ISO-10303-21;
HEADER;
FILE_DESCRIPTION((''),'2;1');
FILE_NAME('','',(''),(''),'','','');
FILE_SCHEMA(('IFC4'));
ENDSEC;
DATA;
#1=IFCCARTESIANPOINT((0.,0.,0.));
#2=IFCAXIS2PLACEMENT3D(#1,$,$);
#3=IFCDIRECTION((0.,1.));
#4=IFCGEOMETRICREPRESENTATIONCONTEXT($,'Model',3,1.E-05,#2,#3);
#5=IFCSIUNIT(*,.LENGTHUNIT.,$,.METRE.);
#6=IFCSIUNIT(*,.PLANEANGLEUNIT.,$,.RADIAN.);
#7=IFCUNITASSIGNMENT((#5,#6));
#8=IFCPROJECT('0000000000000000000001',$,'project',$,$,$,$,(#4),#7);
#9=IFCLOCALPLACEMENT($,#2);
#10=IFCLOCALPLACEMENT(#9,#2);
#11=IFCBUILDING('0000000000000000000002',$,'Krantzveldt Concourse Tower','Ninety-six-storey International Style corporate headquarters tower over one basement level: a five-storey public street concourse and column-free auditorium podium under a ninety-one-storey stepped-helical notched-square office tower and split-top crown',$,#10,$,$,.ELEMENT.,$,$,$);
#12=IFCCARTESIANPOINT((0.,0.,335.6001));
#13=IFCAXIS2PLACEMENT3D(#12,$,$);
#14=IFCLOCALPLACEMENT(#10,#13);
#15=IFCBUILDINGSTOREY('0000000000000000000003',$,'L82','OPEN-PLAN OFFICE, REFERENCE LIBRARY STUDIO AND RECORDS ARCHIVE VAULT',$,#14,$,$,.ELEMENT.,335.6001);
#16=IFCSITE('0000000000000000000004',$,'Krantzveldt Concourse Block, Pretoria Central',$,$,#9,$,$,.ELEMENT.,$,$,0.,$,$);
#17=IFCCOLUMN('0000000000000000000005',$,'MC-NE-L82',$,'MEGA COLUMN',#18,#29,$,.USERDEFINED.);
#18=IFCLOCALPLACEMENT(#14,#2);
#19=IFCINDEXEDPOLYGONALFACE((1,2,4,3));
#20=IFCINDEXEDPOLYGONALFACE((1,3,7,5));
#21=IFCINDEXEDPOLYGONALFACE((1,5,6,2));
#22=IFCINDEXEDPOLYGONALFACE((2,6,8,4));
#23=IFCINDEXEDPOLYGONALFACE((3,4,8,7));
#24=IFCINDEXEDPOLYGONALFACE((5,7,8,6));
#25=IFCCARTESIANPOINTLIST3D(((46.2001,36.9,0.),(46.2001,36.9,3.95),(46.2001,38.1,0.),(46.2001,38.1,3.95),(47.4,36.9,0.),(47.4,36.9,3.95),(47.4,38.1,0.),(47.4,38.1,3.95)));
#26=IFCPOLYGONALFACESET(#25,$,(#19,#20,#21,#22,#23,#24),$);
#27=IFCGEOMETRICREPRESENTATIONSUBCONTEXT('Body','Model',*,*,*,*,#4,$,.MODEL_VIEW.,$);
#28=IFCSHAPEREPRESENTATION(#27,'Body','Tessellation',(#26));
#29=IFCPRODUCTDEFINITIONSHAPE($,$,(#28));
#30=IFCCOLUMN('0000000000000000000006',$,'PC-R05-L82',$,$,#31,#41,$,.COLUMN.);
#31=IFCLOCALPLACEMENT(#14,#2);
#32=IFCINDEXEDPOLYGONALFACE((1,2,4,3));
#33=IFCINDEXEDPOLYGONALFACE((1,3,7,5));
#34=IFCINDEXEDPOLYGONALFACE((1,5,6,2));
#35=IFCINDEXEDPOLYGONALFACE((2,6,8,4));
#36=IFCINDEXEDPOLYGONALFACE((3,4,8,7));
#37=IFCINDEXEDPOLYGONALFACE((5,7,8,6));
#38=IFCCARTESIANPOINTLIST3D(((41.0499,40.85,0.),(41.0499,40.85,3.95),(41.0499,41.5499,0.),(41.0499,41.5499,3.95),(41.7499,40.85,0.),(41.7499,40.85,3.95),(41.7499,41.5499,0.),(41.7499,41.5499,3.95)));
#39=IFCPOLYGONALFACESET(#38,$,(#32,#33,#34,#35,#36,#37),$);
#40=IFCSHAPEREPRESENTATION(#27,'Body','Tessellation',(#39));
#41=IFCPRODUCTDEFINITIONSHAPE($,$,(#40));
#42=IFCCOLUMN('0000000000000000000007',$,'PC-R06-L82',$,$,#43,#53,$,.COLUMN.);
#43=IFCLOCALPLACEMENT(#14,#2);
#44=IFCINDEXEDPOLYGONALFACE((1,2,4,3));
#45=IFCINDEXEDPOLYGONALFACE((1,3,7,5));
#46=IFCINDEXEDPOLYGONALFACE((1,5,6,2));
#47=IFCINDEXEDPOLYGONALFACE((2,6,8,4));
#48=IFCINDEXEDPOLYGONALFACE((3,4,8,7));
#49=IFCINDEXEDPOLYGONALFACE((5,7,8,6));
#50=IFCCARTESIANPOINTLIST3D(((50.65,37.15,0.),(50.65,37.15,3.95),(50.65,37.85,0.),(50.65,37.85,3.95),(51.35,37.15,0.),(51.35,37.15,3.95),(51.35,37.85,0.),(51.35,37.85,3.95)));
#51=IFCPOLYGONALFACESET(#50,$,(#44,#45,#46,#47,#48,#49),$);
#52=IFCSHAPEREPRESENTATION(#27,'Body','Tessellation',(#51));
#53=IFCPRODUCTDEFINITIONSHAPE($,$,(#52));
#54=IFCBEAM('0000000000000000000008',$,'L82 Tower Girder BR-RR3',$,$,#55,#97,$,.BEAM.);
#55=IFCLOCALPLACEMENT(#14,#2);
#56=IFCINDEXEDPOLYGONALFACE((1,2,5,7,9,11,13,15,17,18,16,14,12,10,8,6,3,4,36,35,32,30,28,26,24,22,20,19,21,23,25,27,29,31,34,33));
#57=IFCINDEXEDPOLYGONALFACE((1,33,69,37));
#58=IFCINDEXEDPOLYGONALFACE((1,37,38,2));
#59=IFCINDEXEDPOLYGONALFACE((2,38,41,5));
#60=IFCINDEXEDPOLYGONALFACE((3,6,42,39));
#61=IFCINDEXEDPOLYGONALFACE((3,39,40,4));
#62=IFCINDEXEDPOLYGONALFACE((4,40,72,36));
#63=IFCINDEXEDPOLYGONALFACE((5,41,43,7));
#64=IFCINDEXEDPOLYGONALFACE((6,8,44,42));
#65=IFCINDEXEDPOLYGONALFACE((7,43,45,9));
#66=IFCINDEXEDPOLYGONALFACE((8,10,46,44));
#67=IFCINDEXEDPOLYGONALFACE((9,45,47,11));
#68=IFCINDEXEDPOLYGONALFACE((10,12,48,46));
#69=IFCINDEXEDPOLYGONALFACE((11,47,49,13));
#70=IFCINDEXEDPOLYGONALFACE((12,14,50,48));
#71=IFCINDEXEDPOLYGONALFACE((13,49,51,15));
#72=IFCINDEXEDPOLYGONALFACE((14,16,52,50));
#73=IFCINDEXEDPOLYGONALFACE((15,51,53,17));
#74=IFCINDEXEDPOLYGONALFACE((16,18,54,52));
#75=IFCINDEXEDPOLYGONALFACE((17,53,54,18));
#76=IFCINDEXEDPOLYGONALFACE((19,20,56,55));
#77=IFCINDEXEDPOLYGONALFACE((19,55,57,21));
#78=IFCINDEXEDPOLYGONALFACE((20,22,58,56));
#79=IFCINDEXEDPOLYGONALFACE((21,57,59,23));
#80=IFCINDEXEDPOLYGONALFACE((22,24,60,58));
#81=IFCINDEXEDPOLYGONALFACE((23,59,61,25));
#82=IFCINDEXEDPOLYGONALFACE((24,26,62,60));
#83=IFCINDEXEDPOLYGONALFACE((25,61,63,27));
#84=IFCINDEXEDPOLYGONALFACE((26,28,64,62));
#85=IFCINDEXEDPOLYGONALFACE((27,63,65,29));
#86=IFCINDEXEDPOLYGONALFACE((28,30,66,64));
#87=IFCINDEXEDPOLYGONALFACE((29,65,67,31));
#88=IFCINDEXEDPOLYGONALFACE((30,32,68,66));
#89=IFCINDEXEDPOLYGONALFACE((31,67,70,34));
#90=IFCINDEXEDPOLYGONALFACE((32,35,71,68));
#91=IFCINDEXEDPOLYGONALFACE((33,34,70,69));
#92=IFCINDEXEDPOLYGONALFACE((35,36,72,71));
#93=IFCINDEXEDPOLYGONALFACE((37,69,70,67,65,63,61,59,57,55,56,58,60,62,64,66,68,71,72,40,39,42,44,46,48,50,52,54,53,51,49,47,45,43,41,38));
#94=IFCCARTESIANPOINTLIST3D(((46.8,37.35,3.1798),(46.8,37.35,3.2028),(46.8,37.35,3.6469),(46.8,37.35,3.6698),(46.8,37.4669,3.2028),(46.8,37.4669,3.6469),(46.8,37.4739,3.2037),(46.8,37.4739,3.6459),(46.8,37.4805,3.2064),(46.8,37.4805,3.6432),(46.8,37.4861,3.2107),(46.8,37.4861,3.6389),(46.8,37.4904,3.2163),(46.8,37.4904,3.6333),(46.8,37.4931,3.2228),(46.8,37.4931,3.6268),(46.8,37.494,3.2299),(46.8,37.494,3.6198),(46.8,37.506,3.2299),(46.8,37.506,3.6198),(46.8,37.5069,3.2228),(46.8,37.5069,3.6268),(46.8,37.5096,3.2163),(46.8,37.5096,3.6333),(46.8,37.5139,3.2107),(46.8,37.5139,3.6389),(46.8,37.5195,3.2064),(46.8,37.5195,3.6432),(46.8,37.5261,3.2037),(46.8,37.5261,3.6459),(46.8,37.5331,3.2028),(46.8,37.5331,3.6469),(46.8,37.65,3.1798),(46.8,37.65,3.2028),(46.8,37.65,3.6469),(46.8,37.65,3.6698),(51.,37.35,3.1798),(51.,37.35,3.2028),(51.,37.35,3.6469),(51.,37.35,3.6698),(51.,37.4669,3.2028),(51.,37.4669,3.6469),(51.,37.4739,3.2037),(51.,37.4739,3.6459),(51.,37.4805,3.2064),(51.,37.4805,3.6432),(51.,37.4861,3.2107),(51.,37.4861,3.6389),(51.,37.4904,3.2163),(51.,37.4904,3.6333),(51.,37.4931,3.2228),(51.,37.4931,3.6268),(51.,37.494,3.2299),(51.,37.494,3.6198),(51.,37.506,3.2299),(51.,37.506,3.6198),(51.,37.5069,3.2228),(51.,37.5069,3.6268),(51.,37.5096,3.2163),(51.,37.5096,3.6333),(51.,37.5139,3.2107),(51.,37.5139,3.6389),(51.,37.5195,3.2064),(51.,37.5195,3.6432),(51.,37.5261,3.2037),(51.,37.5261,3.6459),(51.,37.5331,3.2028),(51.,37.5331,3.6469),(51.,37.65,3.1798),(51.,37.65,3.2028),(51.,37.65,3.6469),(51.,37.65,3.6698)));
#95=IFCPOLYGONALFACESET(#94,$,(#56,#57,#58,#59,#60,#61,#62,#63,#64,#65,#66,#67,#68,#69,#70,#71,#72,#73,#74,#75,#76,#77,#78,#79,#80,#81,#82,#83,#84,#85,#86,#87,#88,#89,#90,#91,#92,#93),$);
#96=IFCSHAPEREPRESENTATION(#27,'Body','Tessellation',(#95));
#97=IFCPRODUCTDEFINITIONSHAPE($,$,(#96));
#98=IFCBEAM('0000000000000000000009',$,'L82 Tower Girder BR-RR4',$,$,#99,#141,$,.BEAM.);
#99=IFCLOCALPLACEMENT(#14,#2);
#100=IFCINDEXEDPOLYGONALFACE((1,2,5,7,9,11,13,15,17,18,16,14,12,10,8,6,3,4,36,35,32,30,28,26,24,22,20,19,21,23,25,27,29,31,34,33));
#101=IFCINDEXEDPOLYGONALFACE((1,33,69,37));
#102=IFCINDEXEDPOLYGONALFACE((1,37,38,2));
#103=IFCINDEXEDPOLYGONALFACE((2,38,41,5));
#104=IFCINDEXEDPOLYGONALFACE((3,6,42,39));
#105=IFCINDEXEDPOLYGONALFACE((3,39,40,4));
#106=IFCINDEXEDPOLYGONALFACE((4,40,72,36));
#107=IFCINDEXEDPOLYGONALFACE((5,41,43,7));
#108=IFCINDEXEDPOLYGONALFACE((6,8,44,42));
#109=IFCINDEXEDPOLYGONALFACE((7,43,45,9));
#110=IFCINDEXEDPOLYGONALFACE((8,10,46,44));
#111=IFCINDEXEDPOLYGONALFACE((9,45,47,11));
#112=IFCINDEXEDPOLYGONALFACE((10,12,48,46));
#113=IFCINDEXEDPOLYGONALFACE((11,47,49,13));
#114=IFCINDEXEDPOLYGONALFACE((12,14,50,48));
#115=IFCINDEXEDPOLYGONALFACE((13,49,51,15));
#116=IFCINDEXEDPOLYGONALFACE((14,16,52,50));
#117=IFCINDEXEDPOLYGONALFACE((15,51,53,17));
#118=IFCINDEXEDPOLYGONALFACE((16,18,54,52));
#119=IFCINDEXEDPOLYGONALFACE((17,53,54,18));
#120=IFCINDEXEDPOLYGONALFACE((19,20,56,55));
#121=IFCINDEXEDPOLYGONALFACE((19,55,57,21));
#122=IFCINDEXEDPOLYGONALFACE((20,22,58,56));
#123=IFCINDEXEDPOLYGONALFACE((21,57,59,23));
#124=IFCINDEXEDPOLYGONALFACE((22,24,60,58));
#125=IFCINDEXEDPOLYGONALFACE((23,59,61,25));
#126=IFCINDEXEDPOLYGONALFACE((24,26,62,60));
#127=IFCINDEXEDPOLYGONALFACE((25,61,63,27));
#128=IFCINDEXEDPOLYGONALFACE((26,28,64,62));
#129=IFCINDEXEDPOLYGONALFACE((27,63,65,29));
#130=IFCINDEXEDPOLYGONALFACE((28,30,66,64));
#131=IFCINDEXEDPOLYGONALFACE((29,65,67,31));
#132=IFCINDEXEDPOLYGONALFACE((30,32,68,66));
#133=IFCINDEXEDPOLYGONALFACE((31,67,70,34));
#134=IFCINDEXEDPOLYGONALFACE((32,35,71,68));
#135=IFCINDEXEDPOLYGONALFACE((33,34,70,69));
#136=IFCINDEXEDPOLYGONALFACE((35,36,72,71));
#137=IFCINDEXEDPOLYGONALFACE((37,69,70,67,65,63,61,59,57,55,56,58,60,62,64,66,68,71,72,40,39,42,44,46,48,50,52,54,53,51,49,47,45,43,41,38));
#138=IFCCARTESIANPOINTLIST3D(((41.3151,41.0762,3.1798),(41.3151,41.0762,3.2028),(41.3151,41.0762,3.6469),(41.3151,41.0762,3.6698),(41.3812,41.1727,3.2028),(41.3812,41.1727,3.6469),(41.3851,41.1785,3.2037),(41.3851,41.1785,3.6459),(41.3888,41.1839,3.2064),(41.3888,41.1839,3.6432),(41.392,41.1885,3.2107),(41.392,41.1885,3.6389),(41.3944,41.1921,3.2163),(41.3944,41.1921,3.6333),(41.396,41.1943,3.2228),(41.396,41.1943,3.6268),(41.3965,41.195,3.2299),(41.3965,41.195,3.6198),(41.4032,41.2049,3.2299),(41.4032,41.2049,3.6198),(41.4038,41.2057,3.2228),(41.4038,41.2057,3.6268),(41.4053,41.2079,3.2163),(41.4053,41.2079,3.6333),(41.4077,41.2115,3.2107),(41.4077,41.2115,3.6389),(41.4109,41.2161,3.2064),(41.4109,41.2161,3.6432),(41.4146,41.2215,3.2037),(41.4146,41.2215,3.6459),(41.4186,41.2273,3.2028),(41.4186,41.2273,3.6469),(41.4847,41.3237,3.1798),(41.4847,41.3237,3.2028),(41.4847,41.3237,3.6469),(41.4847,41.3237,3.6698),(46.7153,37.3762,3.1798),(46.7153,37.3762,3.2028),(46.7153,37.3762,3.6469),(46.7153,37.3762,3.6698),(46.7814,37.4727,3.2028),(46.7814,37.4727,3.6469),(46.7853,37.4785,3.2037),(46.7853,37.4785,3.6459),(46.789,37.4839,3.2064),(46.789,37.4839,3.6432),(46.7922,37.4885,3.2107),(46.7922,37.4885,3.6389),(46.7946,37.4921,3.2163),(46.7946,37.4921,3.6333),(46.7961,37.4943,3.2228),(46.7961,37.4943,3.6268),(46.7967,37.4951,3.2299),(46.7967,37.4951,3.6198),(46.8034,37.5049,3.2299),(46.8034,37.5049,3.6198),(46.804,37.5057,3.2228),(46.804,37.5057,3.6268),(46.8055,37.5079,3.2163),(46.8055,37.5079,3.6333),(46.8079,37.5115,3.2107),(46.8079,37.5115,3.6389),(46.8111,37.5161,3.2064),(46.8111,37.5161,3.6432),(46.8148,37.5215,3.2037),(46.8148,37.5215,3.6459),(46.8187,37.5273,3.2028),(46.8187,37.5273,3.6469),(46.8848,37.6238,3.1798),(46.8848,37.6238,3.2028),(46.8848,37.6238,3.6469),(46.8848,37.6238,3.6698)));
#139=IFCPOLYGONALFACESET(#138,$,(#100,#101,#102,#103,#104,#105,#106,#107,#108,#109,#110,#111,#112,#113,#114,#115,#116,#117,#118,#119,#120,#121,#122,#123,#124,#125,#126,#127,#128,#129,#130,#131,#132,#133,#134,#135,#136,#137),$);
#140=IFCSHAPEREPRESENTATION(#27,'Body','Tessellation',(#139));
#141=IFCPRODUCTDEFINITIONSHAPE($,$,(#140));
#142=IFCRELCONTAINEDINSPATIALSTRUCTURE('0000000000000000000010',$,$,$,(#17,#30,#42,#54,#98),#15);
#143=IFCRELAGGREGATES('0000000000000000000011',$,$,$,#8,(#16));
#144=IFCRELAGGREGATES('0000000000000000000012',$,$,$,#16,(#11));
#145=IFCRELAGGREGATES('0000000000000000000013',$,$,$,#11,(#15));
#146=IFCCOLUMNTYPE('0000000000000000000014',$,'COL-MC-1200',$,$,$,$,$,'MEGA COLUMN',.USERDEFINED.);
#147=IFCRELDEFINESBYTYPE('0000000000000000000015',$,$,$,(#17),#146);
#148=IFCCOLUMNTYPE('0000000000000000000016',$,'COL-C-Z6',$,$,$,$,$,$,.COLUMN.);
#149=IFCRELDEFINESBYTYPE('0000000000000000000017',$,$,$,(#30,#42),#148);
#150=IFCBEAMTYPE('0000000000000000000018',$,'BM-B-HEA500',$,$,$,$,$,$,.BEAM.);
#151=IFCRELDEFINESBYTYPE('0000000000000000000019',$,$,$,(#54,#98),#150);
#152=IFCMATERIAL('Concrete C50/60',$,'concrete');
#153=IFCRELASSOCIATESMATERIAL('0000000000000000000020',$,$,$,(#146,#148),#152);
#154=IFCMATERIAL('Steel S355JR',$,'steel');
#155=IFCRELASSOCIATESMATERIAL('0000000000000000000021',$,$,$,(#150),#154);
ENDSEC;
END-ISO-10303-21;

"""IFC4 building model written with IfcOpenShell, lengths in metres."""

from ifc_helpers import new_model, si_unit, direction, frame, origin, origin_2d, place, context, subcontext, project, spatial, rectangle, i_section, extrude, source, transform, mapped, material, material_profile, profile_set, type_object, type_shapes, element, save


model = new_model("IFC4")

# Units and contexts
model_context = context("Model", 3, precision=1e-05, world=origin(), true_north=direction((0.0, 1.0)))
body_context = subcontext(model_context, "Body", "Model", "MODEL_VIEW")
ifc_project = project(units=[si_unit("LENGTHUNIT", "METRE"), si_unit("PLANEANGLEUNIT", "RADIAN")], contexts=[model_context])

# Site, building, storey
site_placement = place(None, origin())
site = spatial("IfcSite", under=ifc_project, at=site_placement, Name="Krantzveldt Concourse Block, Pretoria Central", CompositionType="ELEMENT", RefElevation=0.0)
building_placement = place(site_placement, origin())
building = spatial("IfcBuilding", under=site, at=building_placement, Name="Krantzveldt Concourse Tower", Description="Ninety-six-storey International Style corporate headquarters tower over one basement level: a five-storey public street concourse and column-free auditorium podium under a ninety-one-storey stepped-helical notched-square office tower and split-top crown", CompositionType="ELEMENT")
storey_placement = place(building_placement, frame((0.0, 0.0, 335.6001)))
storey = spatial("IfcBuildingStorey", under=building, at=storey_placement, Name="L82", Description="OPEN-PLAN OFFICE, REFERENCE LIBRARY STUDIO AND RECORDS ARCHIVE VAULT", CompositionType="ELEMENT", Elevation=335.6001)

# Columns
ifc_material_1 = material(Name="Concrete C50/60", Category="concrete")
ifc_material_profile_1 = material_profile(ifc_material_1, rectangle(XDim=1.2, YDim=1.2, at=origin_2d()), Name="Concrete C50/60", Category="concrete")
ifc_profile_set_1 = profile_set([ifc_material_profile_1], Name="Concrete C50/60 - RC 1200x1200")
column_type_1 = type_object("IfcColumnType", Name="COL-MC-1200", ElementType="MEGA COLUMN", PredefinedType="USERDEFINED", material=ifc_profile_set_1)
shared_shape_1 = source(origin(), body_context, "Body", "SweptSolid", [
    extrude(rectangle(XDim=1.2, YDim=1.2, at=origin_2d()), origin(), (0.0, 0.0, 1.0), 3.95),
])
type_shapes(column_type_1, [shared_shape_1])
column_placement = place(storey_placement, frame((46.8, 37.5, 0.0), z_axis=(0.0, 0.0, 1.0), x_axis=(1.0, 0.0, 0.0)))
element("IfcColumn", 1, at=column_placement, inside=storey, type_object=column_type_1, Name="MC-NE-L82", ObjectType="MEGA COLUMN", PredefinedType="USERDEFINED", context=body_context, shape_type="MappedRepresentation", body=[
    mapped(shared_shape_1, transform((0.0, 0.0, 0.0), x_axis=(1.0, 0.0, 0.0), y_axis=(0.0, 1.0, 0.0), z_axis=(0.0, 0.0, 1.0), scale=1.0)),
])
ifc_material_profile_2 = material_profile(ifc_material_1, rectangle(XDim=0.7, YDim=0.7, at=origin_2d()), Name="Concrete C50/60", Category="concrete")
ifc_profile_set_2 = profile_set([ifc_material_profile_2], Name="Concrete C50/60 - RC 700x700")
column_type_2 = type_object("IfcColumnType", Name="COL-C-Z6", PredefinedType="COLUMN", material=ifc_profile_set_2)
shared_shape_2 = source(origin(), body_context, "Body", "SweptSolid", [
    extrude(rectangle(XDim=0.7, YDim=0.7, at=origin_2d()), origin(), (0.0, 0.0, 1.0), 3.95),
])
type_shapes(column_type_2, [shared_shape_2])
for number, where, z_axis, x_axis, name in (
    (2, (41.3999, 41.2, 0.0), (0.0, 0.0, 1.0), (1.0, 0.0, 0.0), "PC-R05-L82"),
    (3, (51.0, 37.5, 0.0), (0.0, 0.0, 1.0), (1.0, 0.0, 0.0), "PC-R06-L82"),
):
    element("IfcColumn", number, at=place(storey_placement, frame(where, z_axis=z_axis, x_axis=x_axis)), inside=storey, type_object=column_type_2, Name=name, PredefinedType="COLUMN", context=body_context, shape_type="MappedRepresentation", body=[
        mapped(shared_shape_2, transform((0.0, 0.0, 0.0), x_axis=(1.0, 0.0, 0.0), y_axis=(0.0, 1.0, 0.0), z_axis=(0.0, 0.0, 1.0), scale=1.0)),
    ])

# Beams
ifc_material_2 = material(Name="Steel S355JR", Category="steel")
ifc_material_profile_3 = material_profile(ifc_material_2, i_section(OverallWidth=0.3, OverallDepth=0.49, WebThickness=0.012, FlangeThickness=0.0229, FilletRadius=0.0271, at=origin_2d()), Name="Steel S355JR", Category="steel")
ifc_profile_set_3 = profile_set([ifc_material_profile_3], Name="Steel S355JR - HEA 500")
beam_type_1 = type_object("IfcBeamType", Name="BM-B-HEA500", PredefinedType="BEAM", material=ifc_profile_set_3)
shared_shape_3 = source(origin(), body_context, "Body", "SweptSolid", [
    extrude(i_section(OverallWidth=0.3, OverallDepth=0.49, WebThickness=0.012, FlangeThickness=0.0229, FilletRadius=0.0271, at=origin_2d()), origin(), (0.0, 0.0, 1.0), 4.2),
])
beam_1_placement = place(storey_placement, frame((46.8, 37.5, 3.4248), z_axis=(1.0, 0.0, 0.0), x_axis=(0.0, 1.0, 0.0)))
element("IfcBeam", 4, at=beam_1_placement, inside=storey, type_object=beam_type_1, Name="L82 Tower Girder BR-RR3", PredefinedType="BEAM", context=body_context, shape_type="MappedRepresentation", body=[
    mapped(shared_shape_3, transform((0.0, 0.0, 0.0), x_axis=(1.0, 0.0, 0.0), y_axis=(0.0, 1.0, 0.0), z_axis=(0.0, 0.0, 1.0), scale=1.0)),
])
shared_shape_4 = source(origin(), body_context, "Body", "SweptSolid", [
    extrude(i_section(OverallWidth=0.3, OverallDepth=0.49, WebThickness=0.012, FlangeThickness=0.0229, FilletRadius=0.0271, at=origin_2d()), origin(), (0.0, 0.0, 1.0), 6.5461),
])
type_shapes(beam_type_1, [shared_shape_3, shared_shape_4])
beam_2_placement = place(storey_placement, frame((46.8, 37.5, 3.4248), z_axis=(-0.824943, 0.565216, 0.0), x_axis=(-0.565216, -0.824943, 0.0)))
element("IfcBeam", 5, at=beam_2_placement, inside=storey, type_object=beam_type_1, Name="L82 Tower Girder BR-RR4", PredefinedType="BEAM", context=body_context, shape_type="MappedRepresentation", body=[
    mapped(shared_shape_4, transform((0.0, 0.0, 0.0), x_axis=(1.0, 0.0, 0.0), y_axis=(0.0, 1.0, 0.0), z_axis=(0.0, 0.0, 1.0), scale=1.0)),
])

save(model, "model.ifc")
